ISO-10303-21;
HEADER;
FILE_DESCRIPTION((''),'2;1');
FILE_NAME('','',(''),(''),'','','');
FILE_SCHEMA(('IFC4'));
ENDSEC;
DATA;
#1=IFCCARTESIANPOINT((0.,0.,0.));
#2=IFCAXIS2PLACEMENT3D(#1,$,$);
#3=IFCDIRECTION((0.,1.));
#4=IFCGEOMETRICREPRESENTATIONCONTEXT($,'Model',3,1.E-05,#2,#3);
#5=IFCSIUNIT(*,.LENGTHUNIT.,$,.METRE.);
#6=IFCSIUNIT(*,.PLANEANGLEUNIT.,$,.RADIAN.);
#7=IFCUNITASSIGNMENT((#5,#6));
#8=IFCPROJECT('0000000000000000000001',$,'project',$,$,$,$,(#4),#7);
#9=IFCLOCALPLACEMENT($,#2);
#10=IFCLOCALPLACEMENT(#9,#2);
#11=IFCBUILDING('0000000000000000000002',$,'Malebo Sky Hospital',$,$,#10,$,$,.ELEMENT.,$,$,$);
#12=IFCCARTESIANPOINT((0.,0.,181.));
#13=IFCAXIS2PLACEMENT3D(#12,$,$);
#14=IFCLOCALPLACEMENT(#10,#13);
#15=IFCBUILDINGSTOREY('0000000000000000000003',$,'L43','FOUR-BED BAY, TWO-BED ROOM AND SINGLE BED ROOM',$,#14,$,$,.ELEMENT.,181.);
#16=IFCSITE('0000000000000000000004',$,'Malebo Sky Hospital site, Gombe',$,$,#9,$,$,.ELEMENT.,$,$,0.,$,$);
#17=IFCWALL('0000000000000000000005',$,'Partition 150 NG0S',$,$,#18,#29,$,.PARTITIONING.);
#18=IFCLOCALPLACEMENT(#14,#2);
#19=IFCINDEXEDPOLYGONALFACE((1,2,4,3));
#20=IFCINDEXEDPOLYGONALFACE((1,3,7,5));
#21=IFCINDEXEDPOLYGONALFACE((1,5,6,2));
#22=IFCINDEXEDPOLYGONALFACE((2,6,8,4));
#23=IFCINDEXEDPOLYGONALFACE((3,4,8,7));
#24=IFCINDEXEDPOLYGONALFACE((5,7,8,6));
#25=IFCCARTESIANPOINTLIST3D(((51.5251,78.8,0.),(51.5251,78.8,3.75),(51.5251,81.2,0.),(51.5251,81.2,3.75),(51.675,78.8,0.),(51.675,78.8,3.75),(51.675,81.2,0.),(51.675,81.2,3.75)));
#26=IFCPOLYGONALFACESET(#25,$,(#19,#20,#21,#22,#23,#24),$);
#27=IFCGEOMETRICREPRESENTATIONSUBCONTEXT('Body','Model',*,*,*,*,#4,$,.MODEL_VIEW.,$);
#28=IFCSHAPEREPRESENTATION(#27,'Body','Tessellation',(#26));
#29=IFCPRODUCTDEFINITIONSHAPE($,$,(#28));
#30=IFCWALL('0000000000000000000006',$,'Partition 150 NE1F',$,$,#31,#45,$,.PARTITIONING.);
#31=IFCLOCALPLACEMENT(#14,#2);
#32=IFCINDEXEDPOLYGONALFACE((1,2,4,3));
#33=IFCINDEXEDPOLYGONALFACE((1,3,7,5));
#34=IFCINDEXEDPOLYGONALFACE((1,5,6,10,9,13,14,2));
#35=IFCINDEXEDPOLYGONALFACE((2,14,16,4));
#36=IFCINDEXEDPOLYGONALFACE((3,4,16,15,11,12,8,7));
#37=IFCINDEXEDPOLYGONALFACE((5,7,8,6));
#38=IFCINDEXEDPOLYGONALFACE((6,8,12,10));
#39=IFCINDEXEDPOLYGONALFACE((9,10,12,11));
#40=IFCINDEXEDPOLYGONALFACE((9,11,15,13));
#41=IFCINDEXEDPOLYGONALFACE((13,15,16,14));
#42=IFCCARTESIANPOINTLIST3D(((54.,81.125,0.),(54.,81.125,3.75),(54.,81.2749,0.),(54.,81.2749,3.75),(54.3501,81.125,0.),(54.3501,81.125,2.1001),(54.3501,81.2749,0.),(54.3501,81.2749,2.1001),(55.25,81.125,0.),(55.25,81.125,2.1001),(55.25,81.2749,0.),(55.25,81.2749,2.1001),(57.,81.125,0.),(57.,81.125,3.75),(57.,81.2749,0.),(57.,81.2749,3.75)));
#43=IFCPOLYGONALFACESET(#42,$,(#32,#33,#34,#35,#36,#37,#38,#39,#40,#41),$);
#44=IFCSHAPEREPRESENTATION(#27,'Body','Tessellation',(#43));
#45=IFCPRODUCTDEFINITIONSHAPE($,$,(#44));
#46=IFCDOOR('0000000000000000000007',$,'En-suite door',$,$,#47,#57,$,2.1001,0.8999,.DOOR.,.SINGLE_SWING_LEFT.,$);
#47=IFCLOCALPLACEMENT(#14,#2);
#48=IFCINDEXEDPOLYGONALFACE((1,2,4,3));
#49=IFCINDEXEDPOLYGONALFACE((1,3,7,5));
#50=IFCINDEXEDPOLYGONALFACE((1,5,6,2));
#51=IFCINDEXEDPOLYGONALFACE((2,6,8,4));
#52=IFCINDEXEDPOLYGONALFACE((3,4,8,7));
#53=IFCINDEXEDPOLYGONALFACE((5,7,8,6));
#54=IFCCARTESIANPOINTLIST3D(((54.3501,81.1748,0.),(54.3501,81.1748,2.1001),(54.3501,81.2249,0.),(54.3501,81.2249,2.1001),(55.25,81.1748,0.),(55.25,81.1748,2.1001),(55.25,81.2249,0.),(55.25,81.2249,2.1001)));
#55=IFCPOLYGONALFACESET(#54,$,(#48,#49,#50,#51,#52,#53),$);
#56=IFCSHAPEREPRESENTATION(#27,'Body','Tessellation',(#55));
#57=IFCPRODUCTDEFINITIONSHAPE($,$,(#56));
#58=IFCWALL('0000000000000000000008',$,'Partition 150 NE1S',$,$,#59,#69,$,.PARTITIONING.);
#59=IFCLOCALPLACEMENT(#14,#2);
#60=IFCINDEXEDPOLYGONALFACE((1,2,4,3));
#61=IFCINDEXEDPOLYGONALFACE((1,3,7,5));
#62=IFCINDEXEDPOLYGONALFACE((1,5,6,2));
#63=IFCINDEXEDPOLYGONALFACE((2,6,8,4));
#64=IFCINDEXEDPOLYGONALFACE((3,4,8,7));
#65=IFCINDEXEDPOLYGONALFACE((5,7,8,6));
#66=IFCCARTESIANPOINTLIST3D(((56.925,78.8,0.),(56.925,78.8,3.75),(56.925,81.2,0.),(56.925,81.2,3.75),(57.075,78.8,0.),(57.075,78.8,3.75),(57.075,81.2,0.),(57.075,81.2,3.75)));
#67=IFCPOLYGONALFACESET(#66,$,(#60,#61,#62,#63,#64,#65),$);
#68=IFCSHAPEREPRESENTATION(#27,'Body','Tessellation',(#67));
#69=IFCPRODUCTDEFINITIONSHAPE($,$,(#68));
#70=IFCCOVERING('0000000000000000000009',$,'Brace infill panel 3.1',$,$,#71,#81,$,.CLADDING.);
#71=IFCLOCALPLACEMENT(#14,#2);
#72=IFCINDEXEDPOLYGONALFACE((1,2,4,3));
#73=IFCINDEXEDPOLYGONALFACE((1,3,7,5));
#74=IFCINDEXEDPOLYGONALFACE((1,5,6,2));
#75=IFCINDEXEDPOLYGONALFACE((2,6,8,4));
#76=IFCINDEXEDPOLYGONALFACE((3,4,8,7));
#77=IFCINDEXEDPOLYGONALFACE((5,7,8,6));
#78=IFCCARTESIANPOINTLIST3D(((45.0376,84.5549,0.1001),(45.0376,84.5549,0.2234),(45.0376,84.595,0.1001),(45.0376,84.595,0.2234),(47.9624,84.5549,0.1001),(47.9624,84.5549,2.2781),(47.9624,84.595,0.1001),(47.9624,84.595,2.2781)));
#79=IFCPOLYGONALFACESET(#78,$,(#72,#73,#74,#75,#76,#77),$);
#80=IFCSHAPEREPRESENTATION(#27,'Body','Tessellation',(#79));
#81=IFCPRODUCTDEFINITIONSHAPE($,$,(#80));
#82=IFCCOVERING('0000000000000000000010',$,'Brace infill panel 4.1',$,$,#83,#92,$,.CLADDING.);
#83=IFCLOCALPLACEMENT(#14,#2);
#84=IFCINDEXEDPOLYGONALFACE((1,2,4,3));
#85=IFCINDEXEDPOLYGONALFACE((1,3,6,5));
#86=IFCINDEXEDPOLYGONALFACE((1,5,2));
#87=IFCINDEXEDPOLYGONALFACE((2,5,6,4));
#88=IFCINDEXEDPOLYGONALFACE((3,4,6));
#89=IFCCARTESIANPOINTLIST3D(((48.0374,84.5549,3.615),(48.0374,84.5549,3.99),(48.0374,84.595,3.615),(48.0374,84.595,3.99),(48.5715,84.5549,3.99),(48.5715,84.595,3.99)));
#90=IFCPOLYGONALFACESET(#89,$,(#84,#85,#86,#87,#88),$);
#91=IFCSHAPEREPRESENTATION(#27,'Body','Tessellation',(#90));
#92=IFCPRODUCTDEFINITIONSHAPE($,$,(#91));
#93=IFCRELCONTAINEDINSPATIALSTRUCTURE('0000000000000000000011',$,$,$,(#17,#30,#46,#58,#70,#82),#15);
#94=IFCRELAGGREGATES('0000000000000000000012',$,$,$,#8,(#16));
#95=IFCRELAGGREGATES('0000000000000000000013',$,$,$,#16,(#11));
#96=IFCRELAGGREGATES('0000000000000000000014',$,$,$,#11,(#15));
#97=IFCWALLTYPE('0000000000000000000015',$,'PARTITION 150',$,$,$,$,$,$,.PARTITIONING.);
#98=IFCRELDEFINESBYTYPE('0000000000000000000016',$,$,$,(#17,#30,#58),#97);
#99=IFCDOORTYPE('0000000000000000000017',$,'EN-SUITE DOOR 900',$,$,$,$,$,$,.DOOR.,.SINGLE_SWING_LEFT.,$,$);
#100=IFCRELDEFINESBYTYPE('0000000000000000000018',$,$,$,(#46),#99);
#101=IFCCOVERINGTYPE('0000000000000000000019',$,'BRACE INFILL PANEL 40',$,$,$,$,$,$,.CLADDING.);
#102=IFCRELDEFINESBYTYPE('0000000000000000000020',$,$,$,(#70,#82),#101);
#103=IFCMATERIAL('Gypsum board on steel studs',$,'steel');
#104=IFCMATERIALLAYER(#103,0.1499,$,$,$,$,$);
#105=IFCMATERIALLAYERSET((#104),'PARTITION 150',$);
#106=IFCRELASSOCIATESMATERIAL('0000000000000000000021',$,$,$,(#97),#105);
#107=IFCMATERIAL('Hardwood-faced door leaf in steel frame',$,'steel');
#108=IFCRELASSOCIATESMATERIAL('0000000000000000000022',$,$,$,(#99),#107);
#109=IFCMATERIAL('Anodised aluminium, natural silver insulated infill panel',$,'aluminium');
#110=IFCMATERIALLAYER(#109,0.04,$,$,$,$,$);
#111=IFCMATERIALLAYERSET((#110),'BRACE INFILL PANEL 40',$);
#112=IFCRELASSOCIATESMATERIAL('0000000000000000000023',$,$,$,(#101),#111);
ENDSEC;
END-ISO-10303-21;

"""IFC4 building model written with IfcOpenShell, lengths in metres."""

from ifc_helpers import new_model, si_unit, direction, frame, frame_2d, origin, place, context, subcontext, project, spatial, polyline, rectangle, outline, extrude, material, layer, layer_set, type_object, element, fill, save


model = new_model("IFC4")

# Units and contexts
model_context = context("Model", 3, precision=1e-05, world=origin(), true_north=direction((0.0, 1.0)))
body_context = subcontext(model_context, "Body", "Model", "MODEL_VIEW")
ifc_project = project(units=[si_unit("LENGTHUNIT", "METRE"), si_unit("PLANEANGLEUNIT", "RADIAN")], contexts=[model_context])

# Site, building, storey
site_placement = place(None, origin())
site = spatial("IfcSite", under=ifc_project, at=site_placement, Name="Malebo Sky Hospital site, Gombe", CompositionType="ELEMENT", RefElevation=0.0)
building_placement = place(site_placement, origin())
building = spatial("IfcBuilding", under=site, at=building_placement, Name="Malebo Sky Hospital", CompositionType="ELEMENT")
storey_placement = place(building_placement, frame((0.0, 0.0, 181.0)))
storey = spatial("IfcBuildingStorey", under=building, at=storey_placement, Name="L43", Description="FOUR-BED BAY, TWO-BED ROOM AND SINGLE BED ROOM", CompositionType="ELEMENT", Elevation=181.0)

# Shared definitions
ifc_material_1 = material(Name="Gypsum board on steel studs", Category="steel")
ifc_layer_1 = layer(ifc_material_1, 0.1499)
ifc_layer_set_1 = layer_set([ifc_layer_1], Name="PARTITION 150")
wall_type_1 = type_object("IfcWallType", Name="PARTITION 150", PredefinedType="PARTITIONING", material=ifc_layer_set_1)

# Shared definitions
ifc_material_2 = material(Name="Hardwood-faced door leaf in steel frame", Category="steel")
door_type = type_object("IfcDoorType", Name="EN-SUITE DOOR 900", OperationType="SINGLE_SWING_LEFT", PredefinedType="DOOR", material=ifc_material_2)

# Wall
wall_1_placement = place(storey_placement, frame((51.6001, 78.8, 0.0), z_axis=(0.0, 0.0, 1.0), x_axis=(0.0, 1.0, 0.0)))
element("IfcWall", 1, at=wall_1_placement, inside=storey, type_object=wall_type_1, Name="Partition 150 NG0S", PredefinedType="PARTITIONING", context=body_context, shape_type="SweptSolid", body=[
    extrude(rectangle(XDim=2.3999, YDim=0.1499, at=frame_2d((1.2, 0.0))), origin(), (0.0, 0.0, 1.0), 3.75),
])

# Wall, opening, door
wall_2_placement = place(storey_placement, frame((54.0, 81.2, 0.0), z_axis=(0.0, 0.0, 1.0), x_axis=(1.0, 0.0, 0.0)))
wall_2 = element("IfcWall", 2, at=wall_2_placement, inside=storey, type_object=wall_type_1, Name="Partition 150 NE1F", PredefinedType="PARTITIONING", context=body_context, shape_type="SweptSolid", body=[
    extrude(rectangle(XDim=3.0, YDim=0.1499, at=frame_2d((1.5, 0.0))), origin(), (0.0, 0.0, 1.0), 3.75),
])
opening_1_placement = place(wall_2_placement, frame((0.3501, 0.0, 0.0)))
opening_1 = element("IfcOpeningElement", 3, at=opening_1_placement, cuts=wall_2, PredefinedType="OPENING", context=body_context, shape_type="SweptSolid", body=[
    extrude(rectangle(XDim=0.8999, YDim=2.1001, at=frame_2d((0.45, 1.05))), frame((0.0, 0.085, 0.0), z_axis=(0.0, -1.0, 0.0), x_axis=(1.0, 0.0, 0.0)), (0.0, 0.0, 1.0), 0.1699),
])
door_1_placement = place(opening_1_placement, origin())
door_1 = element("IfcDoor", 4, at=door_1_placement, inside=storey, type_object=door_type, Name="En-suite door", OperationType="SINGLE_SWING_LEFT", OverallHeight=2.1001, OverallWidth=0.8999, PredefinedType="DOOR", context=body_context, shape_type="SweptSolid", body=[
    extrude(rectangle(XDim=0.8999, YDim=2.1001, at=frame_2d((0.45, 1.05))), frame((0.0, 0.0249, 0.0), z_axis=(0.0, -1.0, 0.0), x_axis=(1.0, 0.0, 0.0)), (0.0, 0.0, 1.0), 0.05),
])
fill(opening_1, door_1)

# Wall
wall_3_placement = place(storey_placement, frame((57.0, 78.8, 0.0), z_axis=(0.0, 0.0, 1.0), x_axis=(0.0, 1.0, 0.0)))
element("IfcWall", 5, at=wall_3_placement, inside=storey, type_object=wall_type_1, Name="Partition 150 NE1S", PredefinedType="PARTITIONING", context=body_context, shape_type="SweptSolid", body=[
    extrude(rectangle(XDim=2.3999, YDim=0.1499, at=frame_2d((1.2, 0.0))), origin(), (0.0, 0.0, 1.0), 3.75),
])

# Coverings
ifc_material_3 = material(Name="Anodised aluminium, natural silver insulated infill panel", Category="aluminium")
ifc_layer_2 = layer(ifc_material_3, 0.04)
ifc_layer_set_2 = layer_set([ifc_layer_2], Name="BRACE INFILL PANEL 40")
covering_type = type_object("IfcCoveringType", Name="BRACE INFILL PANEL 40", PredefinedType="CLADDING", material=ifc_layer_set_2)
covering_1_placement = place(storey_placement, frame((46.5, 84.575, 0.1001), z_axis=(0.0, 0.0, 1.0), x_axis=(1.0, 0.0, 0.0)))
element("IfcCovering", 6, at=covering_1_placement, inside=storey, type_object=covering_type, Name="Brace infill panel 3.1", PredefinedType="CLADDING", context=body_context, shape_type="SweptSolid", body=[
    extrude(outline(polyline([(-1.4624, 0.0), (1.4624, 0.0), (1.4624, 2.178), (-1.4624, 0.1233), (-1.4624, 0.0)])), frame((0.0, 0.02, 0.0), z_axis=(0.0, -1.0, 0.0), x_axis=(1.0, 0.0, 0.0)), (0.0, 0.0, 1.0), 0.04),
])
covering_2_placement = place(storey_placement, frame((48.3044, 84.575, 3.615), z_axis=(0.0, 0.0, 1.0), x_axis=(1.0, 0.0, 0.0)))
element("IfcCovering", 7, at=covering_2_placement, inside=storey, type_object=covering_type, Name="Brace infill panel 4.1", PredefinedType="CLADDING", context=body_context, shape_type="SweptSolid", body=[
    extrude(outline(polyline([(-0.2671, 0.0), (0.2671, 0.375), (-0.2671, 0.375), (-0.2671, 0.0)])), frame((0.0, 0.02, 0.0), z_axis=(0.0, -1.0, 0.0), x_axis=(1.0, 0.0, 0.0)), (0.0, 0.0, 1.0), 0.04),
])

save(model, "model.ifc")
